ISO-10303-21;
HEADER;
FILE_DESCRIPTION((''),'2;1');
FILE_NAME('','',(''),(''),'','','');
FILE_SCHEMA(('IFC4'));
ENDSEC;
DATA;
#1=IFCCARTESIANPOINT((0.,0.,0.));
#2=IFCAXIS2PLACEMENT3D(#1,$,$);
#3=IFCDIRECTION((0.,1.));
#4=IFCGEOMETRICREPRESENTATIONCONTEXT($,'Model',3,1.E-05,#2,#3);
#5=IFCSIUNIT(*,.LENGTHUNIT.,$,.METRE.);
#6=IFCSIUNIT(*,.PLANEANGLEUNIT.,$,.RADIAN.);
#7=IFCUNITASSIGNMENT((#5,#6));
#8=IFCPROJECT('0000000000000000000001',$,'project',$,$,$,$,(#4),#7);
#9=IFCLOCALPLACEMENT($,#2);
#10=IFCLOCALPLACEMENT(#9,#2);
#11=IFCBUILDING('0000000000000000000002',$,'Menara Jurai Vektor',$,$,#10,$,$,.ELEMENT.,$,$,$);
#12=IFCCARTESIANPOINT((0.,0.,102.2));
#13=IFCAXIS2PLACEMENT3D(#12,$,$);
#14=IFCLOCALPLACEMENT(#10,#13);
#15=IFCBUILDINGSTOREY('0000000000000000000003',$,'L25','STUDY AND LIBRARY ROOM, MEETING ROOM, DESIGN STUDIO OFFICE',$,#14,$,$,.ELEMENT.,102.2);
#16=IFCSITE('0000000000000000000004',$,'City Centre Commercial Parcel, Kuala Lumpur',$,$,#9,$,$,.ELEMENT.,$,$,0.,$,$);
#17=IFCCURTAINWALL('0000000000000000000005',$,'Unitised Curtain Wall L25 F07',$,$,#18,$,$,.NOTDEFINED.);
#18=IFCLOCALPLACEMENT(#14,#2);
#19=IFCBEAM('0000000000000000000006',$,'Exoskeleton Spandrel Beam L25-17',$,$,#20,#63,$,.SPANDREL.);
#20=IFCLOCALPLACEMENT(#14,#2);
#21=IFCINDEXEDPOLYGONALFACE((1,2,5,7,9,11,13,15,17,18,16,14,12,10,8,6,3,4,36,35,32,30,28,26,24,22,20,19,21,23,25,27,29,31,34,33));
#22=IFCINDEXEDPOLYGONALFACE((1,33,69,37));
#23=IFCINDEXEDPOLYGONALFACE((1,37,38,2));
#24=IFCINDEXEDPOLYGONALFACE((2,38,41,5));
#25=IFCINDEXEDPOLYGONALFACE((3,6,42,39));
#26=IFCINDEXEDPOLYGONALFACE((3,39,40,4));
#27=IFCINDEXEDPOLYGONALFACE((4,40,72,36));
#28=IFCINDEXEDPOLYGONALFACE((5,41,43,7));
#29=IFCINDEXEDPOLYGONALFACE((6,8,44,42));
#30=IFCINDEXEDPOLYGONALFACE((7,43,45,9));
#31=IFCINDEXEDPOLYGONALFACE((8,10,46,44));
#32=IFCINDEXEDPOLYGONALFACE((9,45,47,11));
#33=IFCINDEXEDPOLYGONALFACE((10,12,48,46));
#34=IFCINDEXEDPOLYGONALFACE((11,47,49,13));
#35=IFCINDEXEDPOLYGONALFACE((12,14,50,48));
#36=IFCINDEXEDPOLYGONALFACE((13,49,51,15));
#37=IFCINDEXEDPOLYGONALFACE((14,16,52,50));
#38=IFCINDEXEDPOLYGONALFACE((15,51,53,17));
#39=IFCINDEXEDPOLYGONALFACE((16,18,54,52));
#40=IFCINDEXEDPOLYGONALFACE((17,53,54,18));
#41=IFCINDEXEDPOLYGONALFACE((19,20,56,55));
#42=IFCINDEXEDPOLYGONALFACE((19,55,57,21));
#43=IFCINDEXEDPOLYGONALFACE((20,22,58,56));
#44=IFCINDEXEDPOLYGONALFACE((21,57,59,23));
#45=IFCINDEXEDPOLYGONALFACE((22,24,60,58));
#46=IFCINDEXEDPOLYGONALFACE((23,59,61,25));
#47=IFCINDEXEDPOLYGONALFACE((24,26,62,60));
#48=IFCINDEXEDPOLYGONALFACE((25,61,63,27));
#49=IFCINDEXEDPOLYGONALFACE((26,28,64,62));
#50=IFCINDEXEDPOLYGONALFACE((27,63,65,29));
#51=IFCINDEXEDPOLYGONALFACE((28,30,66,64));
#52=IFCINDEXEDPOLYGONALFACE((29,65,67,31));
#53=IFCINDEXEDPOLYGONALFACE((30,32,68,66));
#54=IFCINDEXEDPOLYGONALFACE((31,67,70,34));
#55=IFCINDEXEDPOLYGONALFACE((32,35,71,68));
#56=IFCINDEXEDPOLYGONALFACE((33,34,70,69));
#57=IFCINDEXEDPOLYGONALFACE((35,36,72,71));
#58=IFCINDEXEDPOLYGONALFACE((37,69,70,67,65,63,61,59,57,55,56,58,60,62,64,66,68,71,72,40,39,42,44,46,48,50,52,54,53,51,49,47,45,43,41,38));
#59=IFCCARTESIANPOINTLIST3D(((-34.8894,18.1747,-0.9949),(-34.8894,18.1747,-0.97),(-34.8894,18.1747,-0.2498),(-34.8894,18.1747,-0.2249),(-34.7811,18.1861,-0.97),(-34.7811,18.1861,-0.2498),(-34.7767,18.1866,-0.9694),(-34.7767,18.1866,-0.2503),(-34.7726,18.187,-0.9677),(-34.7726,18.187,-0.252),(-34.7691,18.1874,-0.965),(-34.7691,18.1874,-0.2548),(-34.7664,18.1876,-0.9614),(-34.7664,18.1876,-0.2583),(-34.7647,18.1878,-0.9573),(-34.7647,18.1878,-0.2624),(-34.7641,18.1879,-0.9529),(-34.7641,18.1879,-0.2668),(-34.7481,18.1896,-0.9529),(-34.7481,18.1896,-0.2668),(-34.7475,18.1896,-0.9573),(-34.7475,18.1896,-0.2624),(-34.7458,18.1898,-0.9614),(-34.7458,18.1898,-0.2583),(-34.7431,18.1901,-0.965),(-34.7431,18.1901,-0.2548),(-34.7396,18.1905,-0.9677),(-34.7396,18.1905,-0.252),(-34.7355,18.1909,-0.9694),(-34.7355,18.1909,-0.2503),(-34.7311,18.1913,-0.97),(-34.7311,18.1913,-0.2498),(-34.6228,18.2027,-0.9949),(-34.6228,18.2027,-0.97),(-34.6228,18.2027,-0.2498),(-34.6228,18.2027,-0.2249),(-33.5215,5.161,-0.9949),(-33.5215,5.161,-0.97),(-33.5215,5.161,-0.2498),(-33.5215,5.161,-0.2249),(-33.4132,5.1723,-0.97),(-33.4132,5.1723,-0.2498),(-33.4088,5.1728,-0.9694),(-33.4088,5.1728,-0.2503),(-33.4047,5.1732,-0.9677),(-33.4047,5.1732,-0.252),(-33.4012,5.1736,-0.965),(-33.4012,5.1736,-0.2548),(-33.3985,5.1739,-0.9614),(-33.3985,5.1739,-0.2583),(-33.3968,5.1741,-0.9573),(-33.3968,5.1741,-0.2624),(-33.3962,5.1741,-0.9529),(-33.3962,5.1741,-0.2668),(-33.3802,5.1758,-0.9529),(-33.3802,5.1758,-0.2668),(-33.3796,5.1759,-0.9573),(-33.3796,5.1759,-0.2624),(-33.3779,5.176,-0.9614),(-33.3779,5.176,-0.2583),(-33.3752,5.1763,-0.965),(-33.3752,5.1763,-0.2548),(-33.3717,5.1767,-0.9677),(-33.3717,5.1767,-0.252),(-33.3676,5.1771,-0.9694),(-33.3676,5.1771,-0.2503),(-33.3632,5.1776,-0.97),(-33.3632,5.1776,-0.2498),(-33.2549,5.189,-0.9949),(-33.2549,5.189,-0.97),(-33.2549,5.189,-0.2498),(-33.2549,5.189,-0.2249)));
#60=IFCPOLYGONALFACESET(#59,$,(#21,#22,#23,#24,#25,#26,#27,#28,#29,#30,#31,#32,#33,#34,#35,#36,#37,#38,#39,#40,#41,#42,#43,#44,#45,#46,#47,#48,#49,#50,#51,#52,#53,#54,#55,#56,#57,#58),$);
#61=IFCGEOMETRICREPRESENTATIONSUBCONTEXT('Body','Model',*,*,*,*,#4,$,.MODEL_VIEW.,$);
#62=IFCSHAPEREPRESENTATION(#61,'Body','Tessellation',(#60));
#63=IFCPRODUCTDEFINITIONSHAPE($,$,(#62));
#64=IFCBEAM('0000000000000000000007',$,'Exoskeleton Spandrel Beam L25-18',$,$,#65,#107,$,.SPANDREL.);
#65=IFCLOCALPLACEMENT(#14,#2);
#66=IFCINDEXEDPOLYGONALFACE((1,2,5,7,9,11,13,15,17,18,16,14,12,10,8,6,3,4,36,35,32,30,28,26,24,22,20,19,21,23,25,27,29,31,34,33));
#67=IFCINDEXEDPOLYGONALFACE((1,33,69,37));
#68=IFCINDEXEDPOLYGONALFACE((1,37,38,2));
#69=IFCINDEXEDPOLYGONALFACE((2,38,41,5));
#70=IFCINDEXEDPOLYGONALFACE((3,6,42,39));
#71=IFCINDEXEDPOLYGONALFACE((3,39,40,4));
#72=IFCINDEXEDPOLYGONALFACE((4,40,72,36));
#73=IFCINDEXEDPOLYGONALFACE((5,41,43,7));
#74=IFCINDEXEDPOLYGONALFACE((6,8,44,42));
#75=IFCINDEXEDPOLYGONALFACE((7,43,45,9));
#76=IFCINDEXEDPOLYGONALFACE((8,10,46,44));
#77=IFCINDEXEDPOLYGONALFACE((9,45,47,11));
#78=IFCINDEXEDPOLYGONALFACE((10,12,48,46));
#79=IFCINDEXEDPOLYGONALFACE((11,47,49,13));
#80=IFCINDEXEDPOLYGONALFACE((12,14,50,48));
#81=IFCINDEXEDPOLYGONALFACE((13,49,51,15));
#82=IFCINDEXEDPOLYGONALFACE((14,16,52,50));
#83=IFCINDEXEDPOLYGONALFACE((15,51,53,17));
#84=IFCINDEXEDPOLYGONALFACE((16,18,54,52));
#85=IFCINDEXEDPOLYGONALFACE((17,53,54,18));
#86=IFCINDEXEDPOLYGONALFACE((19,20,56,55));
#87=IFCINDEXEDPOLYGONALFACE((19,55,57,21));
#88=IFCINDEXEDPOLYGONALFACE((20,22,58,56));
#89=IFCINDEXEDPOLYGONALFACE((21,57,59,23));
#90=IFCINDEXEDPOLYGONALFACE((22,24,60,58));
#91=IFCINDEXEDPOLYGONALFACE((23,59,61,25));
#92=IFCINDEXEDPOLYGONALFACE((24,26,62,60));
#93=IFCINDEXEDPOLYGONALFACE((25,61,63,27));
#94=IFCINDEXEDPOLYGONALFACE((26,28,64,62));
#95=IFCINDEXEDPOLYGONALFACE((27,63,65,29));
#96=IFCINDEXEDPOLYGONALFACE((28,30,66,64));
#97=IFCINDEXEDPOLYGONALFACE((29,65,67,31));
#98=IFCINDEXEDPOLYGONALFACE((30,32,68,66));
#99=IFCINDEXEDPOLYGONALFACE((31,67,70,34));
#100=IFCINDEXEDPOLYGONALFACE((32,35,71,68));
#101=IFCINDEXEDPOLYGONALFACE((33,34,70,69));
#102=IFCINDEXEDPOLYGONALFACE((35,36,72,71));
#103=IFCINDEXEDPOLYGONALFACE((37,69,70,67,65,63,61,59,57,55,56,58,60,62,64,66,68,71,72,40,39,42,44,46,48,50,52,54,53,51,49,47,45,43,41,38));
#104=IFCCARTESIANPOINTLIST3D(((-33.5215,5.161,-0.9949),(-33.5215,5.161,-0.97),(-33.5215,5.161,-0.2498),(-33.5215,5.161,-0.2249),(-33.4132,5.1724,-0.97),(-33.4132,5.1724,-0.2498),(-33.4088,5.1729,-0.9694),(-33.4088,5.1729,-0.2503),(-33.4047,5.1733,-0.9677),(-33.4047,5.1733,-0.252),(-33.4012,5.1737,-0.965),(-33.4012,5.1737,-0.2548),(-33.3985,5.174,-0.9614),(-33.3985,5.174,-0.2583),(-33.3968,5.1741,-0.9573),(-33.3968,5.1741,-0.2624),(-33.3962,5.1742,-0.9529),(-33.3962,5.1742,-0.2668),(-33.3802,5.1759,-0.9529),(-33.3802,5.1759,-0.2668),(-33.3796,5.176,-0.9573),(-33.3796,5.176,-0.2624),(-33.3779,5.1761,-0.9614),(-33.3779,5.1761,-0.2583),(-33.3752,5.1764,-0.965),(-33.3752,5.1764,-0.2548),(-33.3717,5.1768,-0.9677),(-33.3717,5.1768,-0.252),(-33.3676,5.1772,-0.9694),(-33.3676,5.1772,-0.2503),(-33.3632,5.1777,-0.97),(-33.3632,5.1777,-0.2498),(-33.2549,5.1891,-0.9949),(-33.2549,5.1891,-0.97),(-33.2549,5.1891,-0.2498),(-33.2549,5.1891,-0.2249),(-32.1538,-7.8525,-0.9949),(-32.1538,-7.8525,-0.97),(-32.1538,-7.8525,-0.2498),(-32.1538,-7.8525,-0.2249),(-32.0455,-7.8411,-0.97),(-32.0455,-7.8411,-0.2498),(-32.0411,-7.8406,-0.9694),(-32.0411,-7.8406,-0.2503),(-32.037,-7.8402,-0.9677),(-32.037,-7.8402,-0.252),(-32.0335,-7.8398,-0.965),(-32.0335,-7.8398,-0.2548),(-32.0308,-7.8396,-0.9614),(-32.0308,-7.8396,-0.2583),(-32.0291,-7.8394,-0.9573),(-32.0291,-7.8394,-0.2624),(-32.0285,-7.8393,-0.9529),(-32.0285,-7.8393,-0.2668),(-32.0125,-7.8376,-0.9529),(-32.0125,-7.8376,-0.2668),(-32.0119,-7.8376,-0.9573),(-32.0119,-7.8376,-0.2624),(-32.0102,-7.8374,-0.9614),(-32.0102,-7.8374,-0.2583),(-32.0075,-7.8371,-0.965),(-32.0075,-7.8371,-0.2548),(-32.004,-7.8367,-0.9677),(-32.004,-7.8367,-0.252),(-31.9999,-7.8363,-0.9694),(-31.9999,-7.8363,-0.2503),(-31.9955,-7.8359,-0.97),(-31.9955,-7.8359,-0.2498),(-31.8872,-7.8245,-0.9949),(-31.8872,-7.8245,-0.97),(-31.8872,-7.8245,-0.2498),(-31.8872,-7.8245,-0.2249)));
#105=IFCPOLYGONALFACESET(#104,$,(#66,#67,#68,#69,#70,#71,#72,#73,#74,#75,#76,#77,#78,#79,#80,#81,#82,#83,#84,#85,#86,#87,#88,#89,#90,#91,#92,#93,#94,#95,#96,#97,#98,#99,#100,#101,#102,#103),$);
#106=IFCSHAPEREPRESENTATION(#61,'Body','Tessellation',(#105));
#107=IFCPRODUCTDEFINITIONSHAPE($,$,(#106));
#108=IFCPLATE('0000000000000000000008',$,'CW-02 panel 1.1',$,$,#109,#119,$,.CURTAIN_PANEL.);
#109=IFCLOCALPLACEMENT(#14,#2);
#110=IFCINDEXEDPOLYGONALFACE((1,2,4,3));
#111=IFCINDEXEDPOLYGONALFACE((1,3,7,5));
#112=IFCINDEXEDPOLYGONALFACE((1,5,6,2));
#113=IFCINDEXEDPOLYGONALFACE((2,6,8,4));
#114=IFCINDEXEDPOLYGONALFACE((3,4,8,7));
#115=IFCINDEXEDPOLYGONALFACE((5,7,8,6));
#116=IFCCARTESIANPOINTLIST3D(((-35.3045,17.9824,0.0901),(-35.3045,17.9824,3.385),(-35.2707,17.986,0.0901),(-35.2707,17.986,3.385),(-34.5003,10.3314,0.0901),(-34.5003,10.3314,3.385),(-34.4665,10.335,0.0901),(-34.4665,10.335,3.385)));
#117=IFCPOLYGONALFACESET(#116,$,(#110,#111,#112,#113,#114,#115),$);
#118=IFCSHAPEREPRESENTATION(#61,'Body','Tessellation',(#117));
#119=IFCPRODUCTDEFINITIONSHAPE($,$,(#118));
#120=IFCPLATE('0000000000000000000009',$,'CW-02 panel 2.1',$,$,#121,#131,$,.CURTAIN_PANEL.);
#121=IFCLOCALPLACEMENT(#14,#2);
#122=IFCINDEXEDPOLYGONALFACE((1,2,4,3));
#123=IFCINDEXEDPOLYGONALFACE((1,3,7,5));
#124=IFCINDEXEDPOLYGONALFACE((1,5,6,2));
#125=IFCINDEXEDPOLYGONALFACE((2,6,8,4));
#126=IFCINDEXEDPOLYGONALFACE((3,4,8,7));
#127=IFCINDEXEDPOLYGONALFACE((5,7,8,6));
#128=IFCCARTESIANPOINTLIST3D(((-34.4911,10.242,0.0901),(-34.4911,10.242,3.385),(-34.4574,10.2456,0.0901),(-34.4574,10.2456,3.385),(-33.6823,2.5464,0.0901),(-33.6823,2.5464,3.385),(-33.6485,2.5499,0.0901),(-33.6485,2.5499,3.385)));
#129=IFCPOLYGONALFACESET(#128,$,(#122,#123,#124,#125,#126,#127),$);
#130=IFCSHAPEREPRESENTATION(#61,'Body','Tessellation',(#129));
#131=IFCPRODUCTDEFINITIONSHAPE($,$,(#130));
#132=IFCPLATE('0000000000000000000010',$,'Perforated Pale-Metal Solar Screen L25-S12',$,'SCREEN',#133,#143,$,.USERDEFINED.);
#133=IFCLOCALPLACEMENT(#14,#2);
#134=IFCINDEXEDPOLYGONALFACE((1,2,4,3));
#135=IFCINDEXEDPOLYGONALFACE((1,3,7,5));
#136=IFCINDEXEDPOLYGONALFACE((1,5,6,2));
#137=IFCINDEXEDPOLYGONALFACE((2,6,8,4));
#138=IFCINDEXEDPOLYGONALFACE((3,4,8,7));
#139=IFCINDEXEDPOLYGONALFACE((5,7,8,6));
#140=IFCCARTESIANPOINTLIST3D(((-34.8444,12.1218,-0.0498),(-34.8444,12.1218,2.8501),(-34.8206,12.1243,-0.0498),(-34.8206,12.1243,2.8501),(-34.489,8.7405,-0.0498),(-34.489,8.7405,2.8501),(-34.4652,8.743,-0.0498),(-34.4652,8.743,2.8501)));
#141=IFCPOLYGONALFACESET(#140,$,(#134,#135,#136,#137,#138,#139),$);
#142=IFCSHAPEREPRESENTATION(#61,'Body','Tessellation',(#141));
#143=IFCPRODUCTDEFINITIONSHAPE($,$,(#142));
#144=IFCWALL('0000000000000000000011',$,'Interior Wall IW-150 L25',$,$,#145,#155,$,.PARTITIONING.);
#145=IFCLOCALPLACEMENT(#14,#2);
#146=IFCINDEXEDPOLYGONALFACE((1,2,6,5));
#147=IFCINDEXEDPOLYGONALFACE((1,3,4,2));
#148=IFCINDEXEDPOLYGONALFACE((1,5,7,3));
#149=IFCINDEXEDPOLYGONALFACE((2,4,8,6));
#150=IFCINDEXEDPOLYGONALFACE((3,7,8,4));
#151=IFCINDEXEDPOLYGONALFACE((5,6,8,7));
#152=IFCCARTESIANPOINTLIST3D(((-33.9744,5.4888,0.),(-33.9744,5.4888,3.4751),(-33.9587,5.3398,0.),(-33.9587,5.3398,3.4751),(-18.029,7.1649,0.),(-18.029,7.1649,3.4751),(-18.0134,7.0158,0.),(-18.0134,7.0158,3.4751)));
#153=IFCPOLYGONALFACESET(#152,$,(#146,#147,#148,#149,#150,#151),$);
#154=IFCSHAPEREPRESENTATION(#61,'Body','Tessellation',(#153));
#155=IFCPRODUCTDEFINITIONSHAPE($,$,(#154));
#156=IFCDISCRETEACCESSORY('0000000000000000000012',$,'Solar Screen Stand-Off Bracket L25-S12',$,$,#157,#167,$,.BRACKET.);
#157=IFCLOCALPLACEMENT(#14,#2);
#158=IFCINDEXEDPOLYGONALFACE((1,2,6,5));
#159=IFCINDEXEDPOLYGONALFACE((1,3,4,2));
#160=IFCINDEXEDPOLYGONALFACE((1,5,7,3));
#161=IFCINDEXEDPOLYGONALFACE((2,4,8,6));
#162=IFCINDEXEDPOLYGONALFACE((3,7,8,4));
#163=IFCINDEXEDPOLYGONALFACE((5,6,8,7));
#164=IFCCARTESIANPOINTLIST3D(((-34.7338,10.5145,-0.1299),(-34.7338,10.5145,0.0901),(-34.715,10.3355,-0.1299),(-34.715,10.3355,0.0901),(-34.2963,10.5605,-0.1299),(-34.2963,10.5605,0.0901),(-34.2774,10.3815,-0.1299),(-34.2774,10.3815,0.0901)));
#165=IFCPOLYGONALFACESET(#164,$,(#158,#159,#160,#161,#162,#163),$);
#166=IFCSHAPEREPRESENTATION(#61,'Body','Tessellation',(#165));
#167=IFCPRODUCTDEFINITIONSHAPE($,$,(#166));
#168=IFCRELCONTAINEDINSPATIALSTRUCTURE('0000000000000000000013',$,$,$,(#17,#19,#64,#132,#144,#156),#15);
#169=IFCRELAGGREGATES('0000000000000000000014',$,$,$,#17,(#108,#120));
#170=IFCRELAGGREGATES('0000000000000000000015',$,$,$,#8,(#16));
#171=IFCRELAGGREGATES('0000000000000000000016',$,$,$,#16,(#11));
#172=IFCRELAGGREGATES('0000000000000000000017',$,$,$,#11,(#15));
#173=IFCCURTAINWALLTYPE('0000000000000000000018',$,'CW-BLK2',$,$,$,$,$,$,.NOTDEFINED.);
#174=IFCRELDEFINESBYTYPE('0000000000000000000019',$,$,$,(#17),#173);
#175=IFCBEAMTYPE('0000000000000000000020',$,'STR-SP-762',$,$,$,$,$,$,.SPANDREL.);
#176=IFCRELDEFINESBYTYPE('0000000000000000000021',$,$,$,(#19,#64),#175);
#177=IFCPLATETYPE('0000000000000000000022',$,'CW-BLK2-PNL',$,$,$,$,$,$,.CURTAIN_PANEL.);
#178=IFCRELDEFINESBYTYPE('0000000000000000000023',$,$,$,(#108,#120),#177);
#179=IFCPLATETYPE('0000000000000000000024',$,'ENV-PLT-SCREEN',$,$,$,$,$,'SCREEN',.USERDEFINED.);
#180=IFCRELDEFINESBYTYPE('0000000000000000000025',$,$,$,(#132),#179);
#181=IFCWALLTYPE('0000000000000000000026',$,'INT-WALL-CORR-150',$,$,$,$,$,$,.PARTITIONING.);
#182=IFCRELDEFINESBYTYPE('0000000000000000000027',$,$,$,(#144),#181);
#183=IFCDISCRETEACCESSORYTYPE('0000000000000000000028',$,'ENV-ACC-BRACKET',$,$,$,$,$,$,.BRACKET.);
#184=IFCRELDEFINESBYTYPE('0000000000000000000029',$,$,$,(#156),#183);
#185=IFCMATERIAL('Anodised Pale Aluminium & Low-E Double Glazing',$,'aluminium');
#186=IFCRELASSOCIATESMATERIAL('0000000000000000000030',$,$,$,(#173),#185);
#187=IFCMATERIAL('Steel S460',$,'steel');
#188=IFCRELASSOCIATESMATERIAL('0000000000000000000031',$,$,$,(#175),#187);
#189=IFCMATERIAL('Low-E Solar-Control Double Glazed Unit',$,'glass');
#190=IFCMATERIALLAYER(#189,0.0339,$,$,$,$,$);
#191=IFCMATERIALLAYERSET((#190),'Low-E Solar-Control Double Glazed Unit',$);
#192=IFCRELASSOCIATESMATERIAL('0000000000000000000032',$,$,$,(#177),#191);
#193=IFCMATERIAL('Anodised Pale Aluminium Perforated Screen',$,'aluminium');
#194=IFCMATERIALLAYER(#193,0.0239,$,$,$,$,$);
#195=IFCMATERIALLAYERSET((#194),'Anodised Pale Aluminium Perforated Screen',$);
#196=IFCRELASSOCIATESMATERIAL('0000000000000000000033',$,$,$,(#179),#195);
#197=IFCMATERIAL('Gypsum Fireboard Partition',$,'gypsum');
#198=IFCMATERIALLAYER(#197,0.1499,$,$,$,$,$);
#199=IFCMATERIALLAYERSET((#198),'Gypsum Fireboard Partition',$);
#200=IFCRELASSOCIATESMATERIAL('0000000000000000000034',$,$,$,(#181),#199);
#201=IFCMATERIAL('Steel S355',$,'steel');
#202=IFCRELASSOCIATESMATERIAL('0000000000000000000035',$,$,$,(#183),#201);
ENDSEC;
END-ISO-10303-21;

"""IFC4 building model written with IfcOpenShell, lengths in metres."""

from ifc_helpers import new_model, si_unit, direction, frame, frame_2d, origin, origin_2d, place, context, subcontext, project, spatial, rectangle, i_section, extrude, material, layer, layer_set, material_profile, profile_set, type_object, element, aggregate, save


model = new_model("IFC4")

# Units and contexts
model_context = context("Model", 3, precision=1e-05, world=origin(), true_north=direction((0.0, 1.0)))
body_context = subcontext(model_context, "Body", "Model", "MODEL_VIEW")
ifc_project = project(units=[si_unit("LENGTHUNIT", "METRE"), si_unit("PLANEANGLEUNIT", "RADIAN")], contexts=[model_context])

# Site, building, storey
site_placement = place(None, origin())
site = spatial("IfcSite", under=ifc_project, at=site_placement, Name="City Centre Commercial Parcel, Kuala Lumpur", CompositionType="ELEMENT", RefElevation=0.0)
building_placement = place(site_placement, origin())
building = spatial("IfcBuilding", under=site, at=building_placement, Name="Menara Jurai Vektor", CompositionType="ELEMENT")
storey_placement = place(building_placement, frame((0.0, 0.0, 102.2)))
storey = spatial("IfcBuildingStorey", under=building, at=storey_placement, Name="L25", Description="STUDY AND LIBRARY ROOM, MEETING ROOM, DESIGN STUDIO OFFICE", CompositionType="ELEMENT", Elevation=102.2)

# Shared definitions
ifc_material_1 = material(Name="Steel S460", Category="steel")

# Curtain wall
ifc_material_2 = material(Name="Anodised Pale Aluminium & Low-E Double Glazing", Category="aluminium")
curtain_wall_type = type_object("IfcCurtainWallType", Name="CW-BLK2", PredefinedType="NOTDEFINED", material=ifc_material_2)
curtain_wall_placement = place(storey_placement, origin())
curtain_wall = element("IfcCurtainWall", 1, at=curtain_wall_placement, inside=storey, type_object=curtain_wall_type, Name="Unitised Curtain Wall L25 F07", PredefinedType="NOTDEFINED")

# Beams
ifc_material_3 = material(Name="Steel S355", Category="steel")
ifc_material_profile_1 = material_profile(ifc_material_1, i_section(OverallWidth=0.2681, OverallDepth=0.77, WebThickness=0.0161, FlangeThickness=0.0249, FilletRadius=0.0171, at=origin_2d()), Name="UKB 762x267x197")
ifc_profile_set_1 = profile_set([ifc_material_profile_1], Name="Steel S460")
beam_type_1 = type_object("IfcBeamType", Name="STR-SP-762", PredefinedType="SPANDREL", material=ifc_profile_set_1)
beam_1_placement = place(storey_placement, frame((-34.7561, 18.1887, -0.6099), z_axis=(0.104538, -0.994521, 0.0), x_axis=(0.994521, 0.104538, 0.0)))
element("IfcBeam", 2, at=beam_1_placement, inside=storey, type_object=beam_type_1, Name="Exoskeleton Spandrel Beam L25-17", PredefinedType="SPANDREL", context=body_context, shape_type="SweptSolid", body=[
    extrude(i_section(OverallWidth=0.2681, OverallDepth=0.77, WebThickness=0.0161, FlangeThickness=0.0249, FilletRadius=0.0171, at=origin_2d()), origin(), (0.0, 0.0, 1.0), 13.0854),
])
beam_2_placement = place(storey_placement, frame((-33.3882, 5.175, -0.6099), z_axis=(0.104522, -0.994523, 0.0), x_axis=(0.994523, 0.104522, 0.0)))
element("IfcBeam", 3, at=beam_2_placement, inside=storey, type_object=beam_type_1, Name="Exoskeleton Spandrel Beam L25-18", PredefinedType="SPANDREL", context=body_context, shape_type="SweptSolid", body=[
    extrude(i_section(OverallWidth=0.2681, OverallDepth=0.77, WebThickness=0.0161, FlangeThickness=0.0249, FilletRadius=0.0171, at=origin_2d()), origin(), (0.0, 0.0, 1.0), 13.0852),
])

# Plates
ifc_material_4 = material(Name="Low-E Solar-Control Double Glazed Unit", Category="glass")
ifc_layer_1 = layer(ifc_material_4, 0.0339)
ifc_layer_set_1 = layer_set([ifc_layer_1], Name="Low-E Solar-Control Double Glazed Unit")
plate_type_1 = type_object("IfcPlateType", Name="CW-BLK2-PNL", PredefinedType="CURTAIN_PANEL", material=ifc_layer_set_1)
plate_1_placement = place(storey_placement, frame((-34.8855, 14.1587, 0.0901), z_axis=(0.0, 0.0, 1.0), x_axis=(0.10453, -0.994522, 0.0)))
plate_1 = element("IfcPlate", 4, at=plate_1_placement, type_object=plate_type_1, Name="CW-02 panel 1.1", PredefinedType="CURTAIN_PANEL", context=body_context, shape_type="SweptSolid", body=[
    extrude(rectangle(XDim=7.6931, YDim=0.0339, at=origin_2d()), origin(), (0.0, 0.0, 1.0), 3.2949),
])
plate_2_placement = place(storey_placement, frame((-34.0698, 6.396, 0.0901), z_axis=(0.0, 0.0, 1.0), x_axis=(0.10453, -0.994522, 0.0)))
plate_2 = element("IfcPlate", 5, at=plate_2_placement, type_object=plate_type_1, Name="CW-02 panel 2.1", PredefinedType="CURTAIN_PANEL", context=body_context, shape_type="SweptSolid", body=[
    extrude(rectangle(XDim=7.738, YDim=0.0339, at=origin_2d()), origin(), (0.0, 0.0, 1.0), 3.2949),
])
aggregate(curtain_wall, [plate_1, plate_2])
ifc_material_5 = material(Name="Anodised Pale Aluminium Perforated Screen", Category="aluminium")
ifc_layer_2 = layer(ifc_material_5, 0.0239)
ifc_layer_set_2 = layer_set([ifc_layer_2], Name="Anodised Pale Aluminium Perforated Screen")
plate_type_2 = type_object("IfcPlateType", Name="ENV-PLT-SCREEN", ElementType="SCREEN", PredefinedType="USERDEFINED", material=ifc_layer_set_2)
plate_3_placement = place(storey_placement, frame((-34.6548, 10.4324, -0.0498), z_axis=(0.0, 0.0, 1.0), x_axis=(0.104528, -0.994522, 0.0)))
element("IfcPlate", 6, at=plate_3_placement, inside=storey, type_object=plate_type_2, Name="Perforated Pale-Metal Solar Screen L25-S12", ObjectType="SCREEN", PredefinedType="USERDEFINED", context=body_context, shape_type="SweptSolid", body=[
    extrude(rectangle(XDim=3.3999, YDim=0.0239, at=origin_2d()), origin(), (0.0, 0.0, 1.0), 2.8999),
])

# Wall
ifc_material_6 = material(Name="Gypsum Fireboard Partition", Category="gypsum")
ifc_layer_3 = layer(ifc_material_6, 0.1499)
ifc_layer_set_3 = layer_set([ifc_layer_3], Name="Gypsum Fireboard Partition")
wall_type = type_object("IfcWallType", Name="INT-WALL-CORR-150", PredefinedType="PARTITIONING", material=ifc_layer_set_3)
wall_placement = place(storey_placement, frame((-33.9666, 5.4143, 0.0), z_axis=(0.0, 0.0, 1.0), x_axis=(0.994521, 0.104535, 0.0)))
element("IfcWall", 7, at=wall_placement, inside=storey, type_object=wall_type, Name="Interior Wall IW-150 L25", PredefinedType="PARTITIONING", context=body_context, shape_type="SweptSolid", body=[
    extrude(rectangle(XDim=16.0332, YDim=0.1499, at=frame_2d((8.0166, 0.0))), origin(), (0.0, 0.0, 1.0), 3.4751),
])

# Discrete accessory
discrete_accessory_type = type_object("IfcDiscreteAccessoryType", Name="ENV-ACC-BRACKET", PredefinedType="BRACKET", material=ifc_material_3)
discrete_accessory_placement = place(storey_placement, frame((-34.5056, 10.448, -0.1299), z_axis=(0.0, 0.0, 1.0), x_axis=(0.104528, -0.994522, 0.0)))
element("IfcDiscreteAccessory", 8, at=discrete_accessory_placement, inside=storey, type_object=discrete_accessory_type, Name="Solar Screen Stand-Off Bracket L25-S12", PredefinedType="BRACKET", context=body_context, shape_type="SweptSolid", body=[
    extrude(rectangle(XDim=0.1799, YDim=0.4399, at=origin_2d()), origin(), (0.0, 0.0, 1.0), 0.22),
])

save(model, "model.ifc")
